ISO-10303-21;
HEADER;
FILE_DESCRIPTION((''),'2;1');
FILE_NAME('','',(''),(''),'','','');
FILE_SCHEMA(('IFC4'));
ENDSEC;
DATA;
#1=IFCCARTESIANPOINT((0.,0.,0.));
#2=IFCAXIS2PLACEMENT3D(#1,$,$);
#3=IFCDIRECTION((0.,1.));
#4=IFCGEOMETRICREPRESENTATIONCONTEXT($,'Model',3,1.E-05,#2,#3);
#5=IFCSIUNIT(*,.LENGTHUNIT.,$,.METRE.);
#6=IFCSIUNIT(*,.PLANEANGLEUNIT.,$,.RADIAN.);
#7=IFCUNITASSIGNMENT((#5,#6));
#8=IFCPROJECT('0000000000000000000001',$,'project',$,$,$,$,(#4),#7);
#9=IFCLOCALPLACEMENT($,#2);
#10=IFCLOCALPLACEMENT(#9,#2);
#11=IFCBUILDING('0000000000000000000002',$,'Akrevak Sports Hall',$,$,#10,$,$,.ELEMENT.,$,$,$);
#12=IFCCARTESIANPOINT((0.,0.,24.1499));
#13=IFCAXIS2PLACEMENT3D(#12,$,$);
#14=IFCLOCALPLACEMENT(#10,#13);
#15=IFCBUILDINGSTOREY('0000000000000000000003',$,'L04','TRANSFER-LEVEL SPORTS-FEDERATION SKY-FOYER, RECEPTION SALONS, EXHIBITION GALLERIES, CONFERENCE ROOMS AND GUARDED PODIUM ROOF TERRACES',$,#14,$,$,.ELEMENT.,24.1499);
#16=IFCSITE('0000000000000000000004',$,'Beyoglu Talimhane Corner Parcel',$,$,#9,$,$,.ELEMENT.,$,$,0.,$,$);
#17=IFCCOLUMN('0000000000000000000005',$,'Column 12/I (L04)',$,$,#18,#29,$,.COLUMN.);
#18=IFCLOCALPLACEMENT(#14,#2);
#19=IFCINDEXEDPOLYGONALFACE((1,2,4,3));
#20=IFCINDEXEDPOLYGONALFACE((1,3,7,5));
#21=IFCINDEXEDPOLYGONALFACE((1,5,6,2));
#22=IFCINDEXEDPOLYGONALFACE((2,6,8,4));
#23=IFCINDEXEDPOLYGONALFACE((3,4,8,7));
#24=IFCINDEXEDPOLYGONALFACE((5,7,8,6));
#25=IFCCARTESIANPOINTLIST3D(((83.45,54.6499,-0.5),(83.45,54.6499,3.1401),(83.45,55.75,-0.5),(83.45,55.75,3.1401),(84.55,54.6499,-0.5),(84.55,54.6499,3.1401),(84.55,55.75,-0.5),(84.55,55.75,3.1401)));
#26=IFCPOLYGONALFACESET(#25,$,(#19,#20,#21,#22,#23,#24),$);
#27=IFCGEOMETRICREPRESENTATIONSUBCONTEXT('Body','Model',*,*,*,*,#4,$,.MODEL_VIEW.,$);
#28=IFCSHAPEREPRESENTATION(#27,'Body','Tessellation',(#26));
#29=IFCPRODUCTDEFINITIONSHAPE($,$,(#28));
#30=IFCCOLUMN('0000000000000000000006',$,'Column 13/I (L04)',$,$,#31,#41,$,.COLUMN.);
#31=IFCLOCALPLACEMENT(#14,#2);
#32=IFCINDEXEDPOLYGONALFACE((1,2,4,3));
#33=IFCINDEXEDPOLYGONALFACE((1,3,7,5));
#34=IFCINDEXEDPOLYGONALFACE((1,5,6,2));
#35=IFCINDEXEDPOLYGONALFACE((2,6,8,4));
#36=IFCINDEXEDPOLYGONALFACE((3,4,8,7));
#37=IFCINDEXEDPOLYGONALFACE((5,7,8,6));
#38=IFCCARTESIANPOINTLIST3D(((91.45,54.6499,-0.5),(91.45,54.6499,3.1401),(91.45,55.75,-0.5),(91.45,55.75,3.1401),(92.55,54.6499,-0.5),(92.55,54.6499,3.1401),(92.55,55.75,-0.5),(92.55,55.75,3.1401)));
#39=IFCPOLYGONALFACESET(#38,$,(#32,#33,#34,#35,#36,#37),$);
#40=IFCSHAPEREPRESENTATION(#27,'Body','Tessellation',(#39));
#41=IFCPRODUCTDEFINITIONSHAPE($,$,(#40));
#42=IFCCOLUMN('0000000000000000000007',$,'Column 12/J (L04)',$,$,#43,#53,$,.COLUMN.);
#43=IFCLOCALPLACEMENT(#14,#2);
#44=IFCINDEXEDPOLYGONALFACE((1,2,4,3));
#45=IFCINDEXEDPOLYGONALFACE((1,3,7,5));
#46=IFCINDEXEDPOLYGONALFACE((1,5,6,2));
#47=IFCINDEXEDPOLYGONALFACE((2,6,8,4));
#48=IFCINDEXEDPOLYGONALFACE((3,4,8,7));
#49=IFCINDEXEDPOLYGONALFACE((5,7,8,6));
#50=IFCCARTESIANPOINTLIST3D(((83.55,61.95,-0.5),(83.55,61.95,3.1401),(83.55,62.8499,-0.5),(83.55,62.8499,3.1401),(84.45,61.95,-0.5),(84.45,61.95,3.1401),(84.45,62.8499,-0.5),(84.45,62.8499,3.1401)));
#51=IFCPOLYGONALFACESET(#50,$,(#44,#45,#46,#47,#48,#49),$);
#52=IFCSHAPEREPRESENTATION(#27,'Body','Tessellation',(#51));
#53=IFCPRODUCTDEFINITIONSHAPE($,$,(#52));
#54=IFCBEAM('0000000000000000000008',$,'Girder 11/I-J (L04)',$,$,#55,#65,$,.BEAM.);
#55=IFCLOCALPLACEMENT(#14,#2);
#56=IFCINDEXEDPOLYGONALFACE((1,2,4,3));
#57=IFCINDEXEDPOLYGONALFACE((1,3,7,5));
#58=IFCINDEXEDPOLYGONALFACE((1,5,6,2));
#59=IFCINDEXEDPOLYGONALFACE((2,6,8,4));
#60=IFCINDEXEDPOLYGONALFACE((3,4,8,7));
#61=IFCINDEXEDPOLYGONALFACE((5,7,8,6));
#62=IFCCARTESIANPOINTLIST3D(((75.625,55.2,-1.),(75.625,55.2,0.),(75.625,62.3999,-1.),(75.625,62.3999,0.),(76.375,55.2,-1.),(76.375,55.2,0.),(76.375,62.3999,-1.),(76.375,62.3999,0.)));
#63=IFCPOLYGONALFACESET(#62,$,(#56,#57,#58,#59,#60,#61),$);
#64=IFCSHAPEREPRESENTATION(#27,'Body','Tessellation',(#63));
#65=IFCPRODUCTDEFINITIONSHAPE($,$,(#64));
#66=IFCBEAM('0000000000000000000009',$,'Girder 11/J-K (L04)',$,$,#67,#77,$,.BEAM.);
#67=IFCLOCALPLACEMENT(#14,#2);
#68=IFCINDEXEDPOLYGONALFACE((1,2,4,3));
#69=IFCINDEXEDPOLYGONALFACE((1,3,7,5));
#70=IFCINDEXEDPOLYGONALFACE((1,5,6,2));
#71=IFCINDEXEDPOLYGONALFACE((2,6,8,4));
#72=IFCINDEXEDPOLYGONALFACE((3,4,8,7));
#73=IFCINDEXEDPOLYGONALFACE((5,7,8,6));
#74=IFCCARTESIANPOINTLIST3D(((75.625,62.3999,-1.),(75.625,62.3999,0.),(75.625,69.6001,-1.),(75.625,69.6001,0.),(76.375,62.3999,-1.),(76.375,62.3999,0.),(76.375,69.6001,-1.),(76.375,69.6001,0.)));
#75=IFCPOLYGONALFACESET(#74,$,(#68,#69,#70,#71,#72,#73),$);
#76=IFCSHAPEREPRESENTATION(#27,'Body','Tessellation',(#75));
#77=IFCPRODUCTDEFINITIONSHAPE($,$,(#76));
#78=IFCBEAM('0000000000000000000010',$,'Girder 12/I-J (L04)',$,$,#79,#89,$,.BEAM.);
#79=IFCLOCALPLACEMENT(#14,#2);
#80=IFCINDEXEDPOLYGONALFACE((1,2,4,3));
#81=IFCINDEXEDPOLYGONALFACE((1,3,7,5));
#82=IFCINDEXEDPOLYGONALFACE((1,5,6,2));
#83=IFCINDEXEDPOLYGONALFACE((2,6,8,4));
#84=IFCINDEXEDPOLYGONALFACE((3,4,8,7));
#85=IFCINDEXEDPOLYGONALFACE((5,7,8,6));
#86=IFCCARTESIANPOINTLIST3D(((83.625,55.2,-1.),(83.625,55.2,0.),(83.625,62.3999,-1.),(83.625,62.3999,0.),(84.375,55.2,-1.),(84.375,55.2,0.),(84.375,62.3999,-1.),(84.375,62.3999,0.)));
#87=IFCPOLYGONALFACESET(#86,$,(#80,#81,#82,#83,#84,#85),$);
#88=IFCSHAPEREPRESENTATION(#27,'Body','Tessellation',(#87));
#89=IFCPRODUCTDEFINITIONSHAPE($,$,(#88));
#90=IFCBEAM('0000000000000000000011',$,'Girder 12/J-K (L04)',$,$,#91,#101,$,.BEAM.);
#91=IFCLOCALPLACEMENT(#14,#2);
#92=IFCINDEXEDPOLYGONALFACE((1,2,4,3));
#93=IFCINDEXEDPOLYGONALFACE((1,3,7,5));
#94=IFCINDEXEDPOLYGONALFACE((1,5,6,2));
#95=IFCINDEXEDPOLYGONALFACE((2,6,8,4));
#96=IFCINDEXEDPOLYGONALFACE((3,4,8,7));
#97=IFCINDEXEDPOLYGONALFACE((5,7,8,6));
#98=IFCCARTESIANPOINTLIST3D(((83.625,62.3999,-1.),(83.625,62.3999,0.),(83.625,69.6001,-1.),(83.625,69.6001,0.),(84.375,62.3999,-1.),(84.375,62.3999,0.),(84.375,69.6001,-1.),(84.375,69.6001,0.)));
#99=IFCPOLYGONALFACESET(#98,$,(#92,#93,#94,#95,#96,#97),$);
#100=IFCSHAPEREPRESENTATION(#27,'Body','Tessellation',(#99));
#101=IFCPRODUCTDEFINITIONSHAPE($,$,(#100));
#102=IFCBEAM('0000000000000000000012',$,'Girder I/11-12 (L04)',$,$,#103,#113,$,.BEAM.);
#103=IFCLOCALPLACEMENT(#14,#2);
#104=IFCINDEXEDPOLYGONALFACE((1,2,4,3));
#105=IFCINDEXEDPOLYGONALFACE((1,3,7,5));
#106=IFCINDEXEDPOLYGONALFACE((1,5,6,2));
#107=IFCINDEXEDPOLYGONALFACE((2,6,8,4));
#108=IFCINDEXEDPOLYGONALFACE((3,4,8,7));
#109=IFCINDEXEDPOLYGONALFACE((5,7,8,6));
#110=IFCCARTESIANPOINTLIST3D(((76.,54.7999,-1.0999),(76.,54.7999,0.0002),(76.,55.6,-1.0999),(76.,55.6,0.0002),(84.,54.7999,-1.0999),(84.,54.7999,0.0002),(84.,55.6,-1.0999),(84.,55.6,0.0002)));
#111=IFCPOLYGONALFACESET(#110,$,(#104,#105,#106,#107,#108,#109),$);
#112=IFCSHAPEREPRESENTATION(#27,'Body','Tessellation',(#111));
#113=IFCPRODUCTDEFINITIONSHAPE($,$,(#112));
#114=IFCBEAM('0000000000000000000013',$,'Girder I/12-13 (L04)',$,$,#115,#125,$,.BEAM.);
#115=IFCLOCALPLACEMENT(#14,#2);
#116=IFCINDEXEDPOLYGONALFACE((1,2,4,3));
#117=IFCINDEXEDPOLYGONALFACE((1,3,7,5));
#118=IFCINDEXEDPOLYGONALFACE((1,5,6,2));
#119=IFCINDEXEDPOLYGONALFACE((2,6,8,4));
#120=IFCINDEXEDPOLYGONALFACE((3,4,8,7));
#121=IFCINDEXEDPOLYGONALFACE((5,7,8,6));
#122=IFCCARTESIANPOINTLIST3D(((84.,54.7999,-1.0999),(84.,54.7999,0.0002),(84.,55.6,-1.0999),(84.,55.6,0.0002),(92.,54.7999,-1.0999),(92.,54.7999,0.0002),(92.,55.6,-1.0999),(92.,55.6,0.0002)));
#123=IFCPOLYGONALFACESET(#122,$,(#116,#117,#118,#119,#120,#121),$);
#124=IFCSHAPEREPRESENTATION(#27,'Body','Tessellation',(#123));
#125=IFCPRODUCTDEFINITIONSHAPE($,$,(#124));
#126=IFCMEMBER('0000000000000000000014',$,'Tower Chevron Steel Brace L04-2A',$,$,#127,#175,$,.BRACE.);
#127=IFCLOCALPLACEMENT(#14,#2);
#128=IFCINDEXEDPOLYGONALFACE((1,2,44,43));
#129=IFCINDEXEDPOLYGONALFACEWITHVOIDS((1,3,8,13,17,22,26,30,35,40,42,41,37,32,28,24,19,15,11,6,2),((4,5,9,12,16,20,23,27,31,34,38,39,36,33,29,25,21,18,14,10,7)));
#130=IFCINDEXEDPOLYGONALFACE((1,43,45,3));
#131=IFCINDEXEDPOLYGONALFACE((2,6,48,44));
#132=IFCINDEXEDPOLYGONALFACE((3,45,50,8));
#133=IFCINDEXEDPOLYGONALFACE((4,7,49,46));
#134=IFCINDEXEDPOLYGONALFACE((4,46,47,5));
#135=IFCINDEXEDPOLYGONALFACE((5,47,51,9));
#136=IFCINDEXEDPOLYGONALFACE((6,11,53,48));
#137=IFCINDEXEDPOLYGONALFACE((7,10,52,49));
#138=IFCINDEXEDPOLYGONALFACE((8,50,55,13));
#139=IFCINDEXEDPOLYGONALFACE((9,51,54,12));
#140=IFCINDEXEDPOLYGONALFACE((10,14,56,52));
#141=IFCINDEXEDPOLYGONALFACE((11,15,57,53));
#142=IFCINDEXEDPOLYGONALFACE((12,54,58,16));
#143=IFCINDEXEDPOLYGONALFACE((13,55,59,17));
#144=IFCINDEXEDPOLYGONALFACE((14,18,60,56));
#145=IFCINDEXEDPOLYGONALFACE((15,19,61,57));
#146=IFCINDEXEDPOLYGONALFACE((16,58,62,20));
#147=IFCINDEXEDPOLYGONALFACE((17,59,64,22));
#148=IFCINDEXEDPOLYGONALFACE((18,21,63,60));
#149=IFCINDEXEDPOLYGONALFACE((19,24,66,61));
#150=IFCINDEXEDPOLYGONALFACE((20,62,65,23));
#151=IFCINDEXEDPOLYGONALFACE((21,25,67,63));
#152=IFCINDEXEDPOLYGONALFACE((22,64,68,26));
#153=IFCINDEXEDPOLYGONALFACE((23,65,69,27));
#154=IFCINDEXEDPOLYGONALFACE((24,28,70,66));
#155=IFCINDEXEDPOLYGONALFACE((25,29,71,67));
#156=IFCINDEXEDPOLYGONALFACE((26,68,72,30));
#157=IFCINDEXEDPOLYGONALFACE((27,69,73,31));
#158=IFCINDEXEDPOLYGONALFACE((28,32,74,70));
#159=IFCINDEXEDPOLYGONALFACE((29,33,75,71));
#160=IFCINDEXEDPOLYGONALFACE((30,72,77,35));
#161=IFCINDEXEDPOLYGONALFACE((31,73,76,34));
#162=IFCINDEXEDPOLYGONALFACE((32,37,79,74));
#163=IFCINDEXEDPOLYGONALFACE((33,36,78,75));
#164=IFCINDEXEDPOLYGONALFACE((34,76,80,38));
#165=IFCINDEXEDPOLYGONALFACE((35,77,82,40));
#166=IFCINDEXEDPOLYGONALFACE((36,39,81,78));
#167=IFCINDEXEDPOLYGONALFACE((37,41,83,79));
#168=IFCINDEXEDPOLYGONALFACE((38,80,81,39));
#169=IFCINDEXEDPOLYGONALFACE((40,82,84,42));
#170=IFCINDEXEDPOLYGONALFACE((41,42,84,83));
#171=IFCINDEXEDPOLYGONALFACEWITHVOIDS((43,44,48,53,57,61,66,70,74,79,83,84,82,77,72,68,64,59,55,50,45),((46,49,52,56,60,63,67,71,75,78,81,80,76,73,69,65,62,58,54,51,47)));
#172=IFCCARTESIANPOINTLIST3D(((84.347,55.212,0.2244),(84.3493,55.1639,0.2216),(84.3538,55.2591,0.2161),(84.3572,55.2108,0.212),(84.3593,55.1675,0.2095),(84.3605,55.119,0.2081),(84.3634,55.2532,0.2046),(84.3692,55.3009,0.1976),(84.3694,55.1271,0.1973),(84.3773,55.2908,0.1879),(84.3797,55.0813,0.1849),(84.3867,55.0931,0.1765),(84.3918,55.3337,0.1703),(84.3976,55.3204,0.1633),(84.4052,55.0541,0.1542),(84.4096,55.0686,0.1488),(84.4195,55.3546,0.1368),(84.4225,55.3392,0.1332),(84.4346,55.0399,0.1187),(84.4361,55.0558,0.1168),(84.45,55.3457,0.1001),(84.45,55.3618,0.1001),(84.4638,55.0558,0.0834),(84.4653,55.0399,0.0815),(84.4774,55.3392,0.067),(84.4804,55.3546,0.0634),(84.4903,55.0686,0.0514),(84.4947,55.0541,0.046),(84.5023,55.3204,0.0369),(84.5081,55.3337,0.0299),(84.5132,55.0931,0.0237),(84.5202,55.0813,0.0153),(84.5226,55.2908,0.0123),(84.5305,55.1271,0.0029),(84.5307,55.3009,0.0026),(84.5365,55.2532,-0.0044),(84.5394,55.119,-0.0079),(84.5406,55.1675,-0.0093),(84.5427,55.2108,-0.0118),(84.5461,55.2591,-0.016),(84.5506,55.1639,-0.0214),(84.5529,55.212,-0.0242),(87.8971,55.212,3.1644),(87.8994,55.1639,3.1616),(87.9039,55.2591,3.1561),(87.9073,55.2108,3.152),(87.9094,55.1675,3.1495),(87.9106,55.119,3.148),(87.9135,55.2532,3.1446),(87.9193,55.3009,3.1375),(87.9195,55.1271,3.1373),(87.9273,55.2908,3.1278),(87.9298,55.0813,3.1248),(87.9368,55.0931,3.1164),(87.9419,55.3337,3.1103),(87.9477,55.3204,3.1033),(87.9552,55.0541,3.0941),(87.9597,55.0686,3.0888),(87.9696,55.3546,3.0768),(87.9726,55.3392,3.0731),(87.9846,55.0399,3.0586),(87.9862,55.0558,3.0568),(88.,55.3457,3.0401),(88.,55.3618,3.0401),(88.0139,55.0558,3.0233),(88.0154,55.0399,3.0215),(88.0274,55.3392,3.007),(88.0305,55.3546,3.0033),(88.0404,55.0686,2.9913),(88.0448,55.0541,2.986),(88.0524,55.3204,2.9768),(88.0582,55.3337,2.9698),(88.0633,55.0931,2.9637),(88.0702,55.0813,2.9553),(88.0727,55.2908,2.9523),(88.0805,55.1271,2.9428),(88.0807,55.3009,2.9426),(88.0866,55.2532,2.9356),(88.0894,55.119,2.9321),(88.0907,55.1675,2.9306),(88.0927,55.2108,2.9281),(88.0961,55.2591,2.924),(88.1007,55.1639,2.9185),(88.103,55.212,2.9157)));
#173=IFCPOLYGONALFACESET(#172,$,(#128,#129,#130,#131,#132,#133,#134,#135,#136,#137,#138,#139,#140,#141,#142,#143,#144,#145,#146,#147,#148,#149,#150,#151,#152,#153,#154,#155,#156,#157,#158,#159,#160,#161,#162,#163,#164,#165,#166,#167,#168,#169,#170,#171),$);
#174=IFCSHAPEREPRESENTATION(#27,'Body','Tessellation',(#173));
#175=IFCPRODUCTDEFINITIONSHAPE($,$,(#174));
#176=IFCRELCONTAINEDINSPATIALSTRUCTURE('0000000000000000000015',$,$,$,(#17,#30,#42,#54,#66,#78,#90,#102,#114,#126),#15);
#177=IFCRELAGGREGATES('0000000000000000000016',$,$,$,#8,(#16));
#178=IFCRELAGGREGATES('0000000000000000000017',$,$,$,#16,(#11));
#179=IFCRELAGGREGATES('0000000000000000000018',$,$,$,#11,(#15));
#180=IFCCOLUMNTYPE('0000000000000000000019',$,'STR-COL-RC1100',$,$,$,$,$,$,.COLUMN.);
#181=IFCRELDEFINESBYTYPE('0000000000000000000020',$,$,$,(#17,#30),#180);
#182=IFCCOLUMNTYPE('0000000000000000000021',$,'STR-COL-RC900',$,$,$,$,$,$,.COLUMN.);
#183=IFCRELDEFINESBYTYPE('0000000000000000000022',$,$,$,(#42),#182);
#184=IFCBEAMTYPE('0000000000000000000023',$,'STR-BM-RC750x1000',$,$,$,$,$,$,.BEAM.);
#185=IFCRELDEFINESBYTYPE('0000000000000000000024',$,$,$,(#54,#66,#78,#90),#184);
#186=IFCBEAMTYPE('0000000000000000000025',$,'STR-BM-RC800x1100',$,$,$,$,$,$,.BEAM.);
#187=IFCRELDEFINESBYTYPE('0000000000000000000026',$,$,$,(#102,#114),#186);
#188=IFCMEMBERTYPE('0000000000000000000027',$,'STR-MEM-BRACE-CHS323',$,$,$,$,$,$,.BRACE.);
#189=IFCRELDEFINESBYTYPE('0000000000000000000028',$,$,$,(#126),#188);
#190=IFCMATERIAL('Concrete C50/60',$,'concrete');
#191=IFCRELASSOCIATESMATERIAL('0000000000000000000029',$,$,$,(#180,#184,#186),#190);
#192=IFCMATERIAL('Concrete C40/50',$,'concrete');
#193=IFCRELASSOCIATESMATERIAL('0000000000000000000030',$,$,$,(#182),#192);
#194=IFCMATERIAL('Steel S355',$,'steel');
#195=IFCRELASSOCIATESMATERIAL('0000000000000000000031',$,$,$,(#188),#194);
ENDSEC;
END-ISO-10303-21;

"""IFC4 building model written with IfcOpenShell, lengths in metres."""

from ifc_helpers import new_model, si_unit, direction, frame, origin, origin_2d, place, context, subcontext, project, spatial, rectangle, hollow_circle, extrude, material, material_profile, profile_set, type_object, element, save


model = new_model("IFC4")

# Units and contexts
model_context = context("Model", 3, precision=1e-05, world=origin(), true_north=direction((0.0, 1.0)))
body_context = subcontext(model_context, "Body", "Model", "MODEL_VIEW")
ifc_project = project(units=[si_unit("LENGTHUNIT", "METRE"), si_unit("PLANEANGLEUNIT", "RADIAN")], contexts=[model_context])

# Site, building, storey
site_placement = place(None, origin())
site = spatial("IfcSite", under=ifc_project, at=site_placement, Name="Beyoglu Talimhane Corner Parcel", CompositionType="ELEMENT", RefElevation=0.0)
building_placement = place(site_placement, origin())
building = spatial("IfcBuilding", under=site, at=building_placement, Name="Akrevak Sports Hall", CompositionType="ELEMENT")
storey_placement = place(building_placement, frame((0.0, 0.0, 24.1499)))
storey = spatial("IfcBuildingStorey", under=building, at=storey_placement, Name="L04", Description="TRANSFER-LEVEL SPORTS-FEDERATION SKY-FOYER, RECEPTION SALONS, EXHIBITION GALLERIES, CONFERENCE ROOMS AND GUARDED PODIUM ROOF TERRACES", CompositionType="ELEMENT", Elevation=24.1499)

# Columns
ifc_material_1 = material(Name="Concrete C50/60", Category="concrete")
ifc_material_profile_1 = material_profile(ifc_material_1, rectangle(XDim=1.1001, YDim=1.1001, at=origin_2d()), Name="RC 1100x1100", Category="concrete")
ifc_profile_set_1 = profile_set([ifc_material_profile_1], Name="Concrete C50/60")
column_type_1 = type_object("IfcColumnType", Name="STR-COL-RC1100", PredefinedType="COLUMN", material=ifc_profile_set_1)
for number, where, z_axis, x_axis, name in (
    (1, (84.0, 55.2, -0.5), (0.0, 0.0, 1.0), (1.0, 0.0, 0.0), "Column 12/I (L04)"),
    (2, (92.0, 55.2, -0.5), (0.0, 0.0, 1.0), (1.0, 0.0, 0.0), "Column 13/I (L04)"),
):
    element("IfcColumn", number, at=place(storey_placement, frame(where, z_axis=z_axis, x_axis=x_axis)), inside=storey, type_object=column_type_1, Name=name, PredefinedType="COLUMN", context=body_context, shape_type="SweptSolid", body=[
        extrude(rectangle(XDim=1.1001, YDim=1.1001, at=origin_2d()), origin(), (0.0, 0.0, 1.0), 3.6401),
    ])
ifc_material_2 = material(Name="Concrete C40/50", Category="concrete")
ifc_material_profile_2 = material_profile(ifc_material_2, rectangle(XDim=0.8999, YDim=0.8999, at=origin_2d()), Name="RC 900x900", Category="concrete")
ifc_profile_set_2 = profile_set([ifc_material_profile_2], Name="Concrete C40/50")
column_type_2 = type_object("IfcColumnType", Name="STR-COL-RC900", PredefinedType="COLUMN", material=ifc_profile_set_2)
column_placement = place(storey_placement, frame((84.0, 62.3999, -0.5), z_axis=(0.0, 0.0, 1.0), x_axis=(1.0, 0.0, 0.0)))
element("IfcColumn", 3, at=column_placement, inside=storey, type_object=column_type_2, Name="Column 12/J (L04)", PredefinedType="COLUMN", context=body_context, shape_type="SweptSolid", body=[
    extrude(rectangle(XDim=0.8999, YDim=0.8999, at=origin_2d()), origin(), (0.0, 0.0, 1.0), 3.6401),
])

# Beams
ifc_material_profile_3 = material_profile(ifc_material_1, rectangle(XDim=0.75, YDim=1.0, at=origin_2d()), Name="BM 750x1000", Category="concrete")
ifc_profile_set_3 = profile_set([ifc_material_profile_3], Name="Concrete C50/60")
beam_type_1 = type_object("IfcBeamType", Name="STR-BM-RC750x1000", PredefinedType="BEAM", material=ifc_profile_set_3)
beam_1_placement = place(storey_placement, frame((76.0, 55.2, -0.5), z_axis=(0.0, 1.0, 0.0), x_axis=(-1.0, 0.0, 0.0)))
element("IfcBeam", 4, at=beam_1_placement, inside=storey, type_object=beam_type_1, Name="Girder 11/I-J (L04)", PredefinedType="BEAM", context=body_context, shape_type="SweptSolid", body=[
    extrude(rectangle(XDim=0.75, YDim=1.0, at=origin_2d()), origin(), (0.0, 0.0, 1.0), 7.2),
])
beam_2_placement = place(storey_placement, frame((76.0, 62.3999, -0.5), z_axis=(0.0, 1.0, 0.0), x_axis=(-1.0, 0.0, 0.0)))
element("IfcBeam", 5, at=beam_2_placement, inside=storey, type_object=beam_type_1, Name="Girder 11/J-K (L04)", PredefinedType="BEAM", context=body_context, shape_type="SweptSolid", body=[
    extrude(rectangle(XDim=0.75, YDim=1.0, at=origin_2d()), origin(), (0.0, 0.0, 1.0), 7.2002),
])
beam_3_placement = place(storey_placement, frame((84.0, 55.2, -0.5), z_axis=(0.0, 1.0, 0.0), x_axis=(-1.0, 0.0, 0.0)))
element("IfcBeam", 6, at=beam_3_placement, inside=storey, type_object=beam_type_1, Name="Girder 12/I-J (L04)", PredefinedType="BEAM", context=body_context, shape_type="SweptSolid", body=[
    extrude(rectangle(XDim=0.75, YDim=1.0, at=origin_2d()), origin(), (0.0, 0.0, 1.0), 7.2),
])
beam_4_placement = place(storey_placement, frame((84.0, 62.3999, -0.5), z_axis=(0.0, 1.0, 0.0), x_axis=(-1.0, 0.0, 0.0)))
element("IfcBeam", 7, at=beam_4_placement, inside=storey, type_object=beam_type_1, Name="Girder 12/J-K (L04)", PredefinedType="BEAM", context=body_context, shape_type="SweptSolid", body=[
    extrude(rectangle(XDim=0.75, YDim=1.0, at=origin_2d()), origin(), (0.0, 0.0, 1.0), 7.2002),
])
ifc_material_profile_4 = material_profile(ifc_material_1, rectangle(XDim=0.8, YDim=1.1001, at=origin_2d()), Name="BM 800x1100", Category="concrete")
ifc_profile_set_4 = profile_set([ifc_material_profile_4], Name="Concrete C50/60")
beam_type_2 = type_object("IfcBeamType", Name="STR-BM-RC800x1100", PredefinedType="BEAM", material=ifc_profile_set_4)
for number, where, z_axis, x_axis, name in (
    (8, (76.0, 55.2, -0.5498), (1.0, 0.0, 0.0), (0.0, 1.0, 0.0), "Girder I/11-12 (L04)"),
    (9, (84.0, 55.2, -0.5498), (1.0, 0.0, 0.0), (0.0, 1.0, 0.0), "Girder I/12-13 (L04)"),
):
    element("IfcBeam", number, at=place(storey_placement, frame(where, z_axis=z_axis, x_axis=x_axis)), inside=storey, type_object=beam_type_2, Name=name, PredefinedType="BEAM", context=body_context, shape_type="SweptSolid", body=[
        extrude(rectangle(XDim=0.8, YDim=1.1001, at=origin_2d()), origin(), (0.0, 0.0, 1.0), 8.0),
    ])

# Member
ifc_material_3 = material(Name="Steel S355", Category="steel")
ifc_material_profile_5 = material_profile(ifc_material_3, hollow_circle(Radius=0.1619, WallThickness=0.0161, at=origin_2d()), Name="CHS 323.9x16", Category="steel")
ifc_profile_set_5 = profile_set([ifc_material_profile_5], Name="Steel S355")
member_type = type_object("IfcMemberType", Name="STR-MEM-BRACE-CHS323", PredefinedType="BRACE", material=ifc_profile_set_5)
for number, where, z_axis, x_axis, name in (
    (10, (84.45, 55.2, 0.1001), (0.770184, 0.0, 0.637821), (0.0, 1.0, 0.0), "Tower Chevron Steel Brace L04-2A"),
):
    element("IfcMember", number, at=place(storey_placement, frame(where, z_axis=z_axis, x_axis=x_axis)), inside=storey, type_object=member_type, Name=name, PredefinedType="BRACE", context=body_context, shape_type="SweptSolid", body=[
        extrude(hollow_circle(Radius=0.1619, WallThickness=0.0161, at=origin_2d()), origin(), (0.0, 0.0, 1.0), 4.6094),
    ])

save(model, "model.ifc")
